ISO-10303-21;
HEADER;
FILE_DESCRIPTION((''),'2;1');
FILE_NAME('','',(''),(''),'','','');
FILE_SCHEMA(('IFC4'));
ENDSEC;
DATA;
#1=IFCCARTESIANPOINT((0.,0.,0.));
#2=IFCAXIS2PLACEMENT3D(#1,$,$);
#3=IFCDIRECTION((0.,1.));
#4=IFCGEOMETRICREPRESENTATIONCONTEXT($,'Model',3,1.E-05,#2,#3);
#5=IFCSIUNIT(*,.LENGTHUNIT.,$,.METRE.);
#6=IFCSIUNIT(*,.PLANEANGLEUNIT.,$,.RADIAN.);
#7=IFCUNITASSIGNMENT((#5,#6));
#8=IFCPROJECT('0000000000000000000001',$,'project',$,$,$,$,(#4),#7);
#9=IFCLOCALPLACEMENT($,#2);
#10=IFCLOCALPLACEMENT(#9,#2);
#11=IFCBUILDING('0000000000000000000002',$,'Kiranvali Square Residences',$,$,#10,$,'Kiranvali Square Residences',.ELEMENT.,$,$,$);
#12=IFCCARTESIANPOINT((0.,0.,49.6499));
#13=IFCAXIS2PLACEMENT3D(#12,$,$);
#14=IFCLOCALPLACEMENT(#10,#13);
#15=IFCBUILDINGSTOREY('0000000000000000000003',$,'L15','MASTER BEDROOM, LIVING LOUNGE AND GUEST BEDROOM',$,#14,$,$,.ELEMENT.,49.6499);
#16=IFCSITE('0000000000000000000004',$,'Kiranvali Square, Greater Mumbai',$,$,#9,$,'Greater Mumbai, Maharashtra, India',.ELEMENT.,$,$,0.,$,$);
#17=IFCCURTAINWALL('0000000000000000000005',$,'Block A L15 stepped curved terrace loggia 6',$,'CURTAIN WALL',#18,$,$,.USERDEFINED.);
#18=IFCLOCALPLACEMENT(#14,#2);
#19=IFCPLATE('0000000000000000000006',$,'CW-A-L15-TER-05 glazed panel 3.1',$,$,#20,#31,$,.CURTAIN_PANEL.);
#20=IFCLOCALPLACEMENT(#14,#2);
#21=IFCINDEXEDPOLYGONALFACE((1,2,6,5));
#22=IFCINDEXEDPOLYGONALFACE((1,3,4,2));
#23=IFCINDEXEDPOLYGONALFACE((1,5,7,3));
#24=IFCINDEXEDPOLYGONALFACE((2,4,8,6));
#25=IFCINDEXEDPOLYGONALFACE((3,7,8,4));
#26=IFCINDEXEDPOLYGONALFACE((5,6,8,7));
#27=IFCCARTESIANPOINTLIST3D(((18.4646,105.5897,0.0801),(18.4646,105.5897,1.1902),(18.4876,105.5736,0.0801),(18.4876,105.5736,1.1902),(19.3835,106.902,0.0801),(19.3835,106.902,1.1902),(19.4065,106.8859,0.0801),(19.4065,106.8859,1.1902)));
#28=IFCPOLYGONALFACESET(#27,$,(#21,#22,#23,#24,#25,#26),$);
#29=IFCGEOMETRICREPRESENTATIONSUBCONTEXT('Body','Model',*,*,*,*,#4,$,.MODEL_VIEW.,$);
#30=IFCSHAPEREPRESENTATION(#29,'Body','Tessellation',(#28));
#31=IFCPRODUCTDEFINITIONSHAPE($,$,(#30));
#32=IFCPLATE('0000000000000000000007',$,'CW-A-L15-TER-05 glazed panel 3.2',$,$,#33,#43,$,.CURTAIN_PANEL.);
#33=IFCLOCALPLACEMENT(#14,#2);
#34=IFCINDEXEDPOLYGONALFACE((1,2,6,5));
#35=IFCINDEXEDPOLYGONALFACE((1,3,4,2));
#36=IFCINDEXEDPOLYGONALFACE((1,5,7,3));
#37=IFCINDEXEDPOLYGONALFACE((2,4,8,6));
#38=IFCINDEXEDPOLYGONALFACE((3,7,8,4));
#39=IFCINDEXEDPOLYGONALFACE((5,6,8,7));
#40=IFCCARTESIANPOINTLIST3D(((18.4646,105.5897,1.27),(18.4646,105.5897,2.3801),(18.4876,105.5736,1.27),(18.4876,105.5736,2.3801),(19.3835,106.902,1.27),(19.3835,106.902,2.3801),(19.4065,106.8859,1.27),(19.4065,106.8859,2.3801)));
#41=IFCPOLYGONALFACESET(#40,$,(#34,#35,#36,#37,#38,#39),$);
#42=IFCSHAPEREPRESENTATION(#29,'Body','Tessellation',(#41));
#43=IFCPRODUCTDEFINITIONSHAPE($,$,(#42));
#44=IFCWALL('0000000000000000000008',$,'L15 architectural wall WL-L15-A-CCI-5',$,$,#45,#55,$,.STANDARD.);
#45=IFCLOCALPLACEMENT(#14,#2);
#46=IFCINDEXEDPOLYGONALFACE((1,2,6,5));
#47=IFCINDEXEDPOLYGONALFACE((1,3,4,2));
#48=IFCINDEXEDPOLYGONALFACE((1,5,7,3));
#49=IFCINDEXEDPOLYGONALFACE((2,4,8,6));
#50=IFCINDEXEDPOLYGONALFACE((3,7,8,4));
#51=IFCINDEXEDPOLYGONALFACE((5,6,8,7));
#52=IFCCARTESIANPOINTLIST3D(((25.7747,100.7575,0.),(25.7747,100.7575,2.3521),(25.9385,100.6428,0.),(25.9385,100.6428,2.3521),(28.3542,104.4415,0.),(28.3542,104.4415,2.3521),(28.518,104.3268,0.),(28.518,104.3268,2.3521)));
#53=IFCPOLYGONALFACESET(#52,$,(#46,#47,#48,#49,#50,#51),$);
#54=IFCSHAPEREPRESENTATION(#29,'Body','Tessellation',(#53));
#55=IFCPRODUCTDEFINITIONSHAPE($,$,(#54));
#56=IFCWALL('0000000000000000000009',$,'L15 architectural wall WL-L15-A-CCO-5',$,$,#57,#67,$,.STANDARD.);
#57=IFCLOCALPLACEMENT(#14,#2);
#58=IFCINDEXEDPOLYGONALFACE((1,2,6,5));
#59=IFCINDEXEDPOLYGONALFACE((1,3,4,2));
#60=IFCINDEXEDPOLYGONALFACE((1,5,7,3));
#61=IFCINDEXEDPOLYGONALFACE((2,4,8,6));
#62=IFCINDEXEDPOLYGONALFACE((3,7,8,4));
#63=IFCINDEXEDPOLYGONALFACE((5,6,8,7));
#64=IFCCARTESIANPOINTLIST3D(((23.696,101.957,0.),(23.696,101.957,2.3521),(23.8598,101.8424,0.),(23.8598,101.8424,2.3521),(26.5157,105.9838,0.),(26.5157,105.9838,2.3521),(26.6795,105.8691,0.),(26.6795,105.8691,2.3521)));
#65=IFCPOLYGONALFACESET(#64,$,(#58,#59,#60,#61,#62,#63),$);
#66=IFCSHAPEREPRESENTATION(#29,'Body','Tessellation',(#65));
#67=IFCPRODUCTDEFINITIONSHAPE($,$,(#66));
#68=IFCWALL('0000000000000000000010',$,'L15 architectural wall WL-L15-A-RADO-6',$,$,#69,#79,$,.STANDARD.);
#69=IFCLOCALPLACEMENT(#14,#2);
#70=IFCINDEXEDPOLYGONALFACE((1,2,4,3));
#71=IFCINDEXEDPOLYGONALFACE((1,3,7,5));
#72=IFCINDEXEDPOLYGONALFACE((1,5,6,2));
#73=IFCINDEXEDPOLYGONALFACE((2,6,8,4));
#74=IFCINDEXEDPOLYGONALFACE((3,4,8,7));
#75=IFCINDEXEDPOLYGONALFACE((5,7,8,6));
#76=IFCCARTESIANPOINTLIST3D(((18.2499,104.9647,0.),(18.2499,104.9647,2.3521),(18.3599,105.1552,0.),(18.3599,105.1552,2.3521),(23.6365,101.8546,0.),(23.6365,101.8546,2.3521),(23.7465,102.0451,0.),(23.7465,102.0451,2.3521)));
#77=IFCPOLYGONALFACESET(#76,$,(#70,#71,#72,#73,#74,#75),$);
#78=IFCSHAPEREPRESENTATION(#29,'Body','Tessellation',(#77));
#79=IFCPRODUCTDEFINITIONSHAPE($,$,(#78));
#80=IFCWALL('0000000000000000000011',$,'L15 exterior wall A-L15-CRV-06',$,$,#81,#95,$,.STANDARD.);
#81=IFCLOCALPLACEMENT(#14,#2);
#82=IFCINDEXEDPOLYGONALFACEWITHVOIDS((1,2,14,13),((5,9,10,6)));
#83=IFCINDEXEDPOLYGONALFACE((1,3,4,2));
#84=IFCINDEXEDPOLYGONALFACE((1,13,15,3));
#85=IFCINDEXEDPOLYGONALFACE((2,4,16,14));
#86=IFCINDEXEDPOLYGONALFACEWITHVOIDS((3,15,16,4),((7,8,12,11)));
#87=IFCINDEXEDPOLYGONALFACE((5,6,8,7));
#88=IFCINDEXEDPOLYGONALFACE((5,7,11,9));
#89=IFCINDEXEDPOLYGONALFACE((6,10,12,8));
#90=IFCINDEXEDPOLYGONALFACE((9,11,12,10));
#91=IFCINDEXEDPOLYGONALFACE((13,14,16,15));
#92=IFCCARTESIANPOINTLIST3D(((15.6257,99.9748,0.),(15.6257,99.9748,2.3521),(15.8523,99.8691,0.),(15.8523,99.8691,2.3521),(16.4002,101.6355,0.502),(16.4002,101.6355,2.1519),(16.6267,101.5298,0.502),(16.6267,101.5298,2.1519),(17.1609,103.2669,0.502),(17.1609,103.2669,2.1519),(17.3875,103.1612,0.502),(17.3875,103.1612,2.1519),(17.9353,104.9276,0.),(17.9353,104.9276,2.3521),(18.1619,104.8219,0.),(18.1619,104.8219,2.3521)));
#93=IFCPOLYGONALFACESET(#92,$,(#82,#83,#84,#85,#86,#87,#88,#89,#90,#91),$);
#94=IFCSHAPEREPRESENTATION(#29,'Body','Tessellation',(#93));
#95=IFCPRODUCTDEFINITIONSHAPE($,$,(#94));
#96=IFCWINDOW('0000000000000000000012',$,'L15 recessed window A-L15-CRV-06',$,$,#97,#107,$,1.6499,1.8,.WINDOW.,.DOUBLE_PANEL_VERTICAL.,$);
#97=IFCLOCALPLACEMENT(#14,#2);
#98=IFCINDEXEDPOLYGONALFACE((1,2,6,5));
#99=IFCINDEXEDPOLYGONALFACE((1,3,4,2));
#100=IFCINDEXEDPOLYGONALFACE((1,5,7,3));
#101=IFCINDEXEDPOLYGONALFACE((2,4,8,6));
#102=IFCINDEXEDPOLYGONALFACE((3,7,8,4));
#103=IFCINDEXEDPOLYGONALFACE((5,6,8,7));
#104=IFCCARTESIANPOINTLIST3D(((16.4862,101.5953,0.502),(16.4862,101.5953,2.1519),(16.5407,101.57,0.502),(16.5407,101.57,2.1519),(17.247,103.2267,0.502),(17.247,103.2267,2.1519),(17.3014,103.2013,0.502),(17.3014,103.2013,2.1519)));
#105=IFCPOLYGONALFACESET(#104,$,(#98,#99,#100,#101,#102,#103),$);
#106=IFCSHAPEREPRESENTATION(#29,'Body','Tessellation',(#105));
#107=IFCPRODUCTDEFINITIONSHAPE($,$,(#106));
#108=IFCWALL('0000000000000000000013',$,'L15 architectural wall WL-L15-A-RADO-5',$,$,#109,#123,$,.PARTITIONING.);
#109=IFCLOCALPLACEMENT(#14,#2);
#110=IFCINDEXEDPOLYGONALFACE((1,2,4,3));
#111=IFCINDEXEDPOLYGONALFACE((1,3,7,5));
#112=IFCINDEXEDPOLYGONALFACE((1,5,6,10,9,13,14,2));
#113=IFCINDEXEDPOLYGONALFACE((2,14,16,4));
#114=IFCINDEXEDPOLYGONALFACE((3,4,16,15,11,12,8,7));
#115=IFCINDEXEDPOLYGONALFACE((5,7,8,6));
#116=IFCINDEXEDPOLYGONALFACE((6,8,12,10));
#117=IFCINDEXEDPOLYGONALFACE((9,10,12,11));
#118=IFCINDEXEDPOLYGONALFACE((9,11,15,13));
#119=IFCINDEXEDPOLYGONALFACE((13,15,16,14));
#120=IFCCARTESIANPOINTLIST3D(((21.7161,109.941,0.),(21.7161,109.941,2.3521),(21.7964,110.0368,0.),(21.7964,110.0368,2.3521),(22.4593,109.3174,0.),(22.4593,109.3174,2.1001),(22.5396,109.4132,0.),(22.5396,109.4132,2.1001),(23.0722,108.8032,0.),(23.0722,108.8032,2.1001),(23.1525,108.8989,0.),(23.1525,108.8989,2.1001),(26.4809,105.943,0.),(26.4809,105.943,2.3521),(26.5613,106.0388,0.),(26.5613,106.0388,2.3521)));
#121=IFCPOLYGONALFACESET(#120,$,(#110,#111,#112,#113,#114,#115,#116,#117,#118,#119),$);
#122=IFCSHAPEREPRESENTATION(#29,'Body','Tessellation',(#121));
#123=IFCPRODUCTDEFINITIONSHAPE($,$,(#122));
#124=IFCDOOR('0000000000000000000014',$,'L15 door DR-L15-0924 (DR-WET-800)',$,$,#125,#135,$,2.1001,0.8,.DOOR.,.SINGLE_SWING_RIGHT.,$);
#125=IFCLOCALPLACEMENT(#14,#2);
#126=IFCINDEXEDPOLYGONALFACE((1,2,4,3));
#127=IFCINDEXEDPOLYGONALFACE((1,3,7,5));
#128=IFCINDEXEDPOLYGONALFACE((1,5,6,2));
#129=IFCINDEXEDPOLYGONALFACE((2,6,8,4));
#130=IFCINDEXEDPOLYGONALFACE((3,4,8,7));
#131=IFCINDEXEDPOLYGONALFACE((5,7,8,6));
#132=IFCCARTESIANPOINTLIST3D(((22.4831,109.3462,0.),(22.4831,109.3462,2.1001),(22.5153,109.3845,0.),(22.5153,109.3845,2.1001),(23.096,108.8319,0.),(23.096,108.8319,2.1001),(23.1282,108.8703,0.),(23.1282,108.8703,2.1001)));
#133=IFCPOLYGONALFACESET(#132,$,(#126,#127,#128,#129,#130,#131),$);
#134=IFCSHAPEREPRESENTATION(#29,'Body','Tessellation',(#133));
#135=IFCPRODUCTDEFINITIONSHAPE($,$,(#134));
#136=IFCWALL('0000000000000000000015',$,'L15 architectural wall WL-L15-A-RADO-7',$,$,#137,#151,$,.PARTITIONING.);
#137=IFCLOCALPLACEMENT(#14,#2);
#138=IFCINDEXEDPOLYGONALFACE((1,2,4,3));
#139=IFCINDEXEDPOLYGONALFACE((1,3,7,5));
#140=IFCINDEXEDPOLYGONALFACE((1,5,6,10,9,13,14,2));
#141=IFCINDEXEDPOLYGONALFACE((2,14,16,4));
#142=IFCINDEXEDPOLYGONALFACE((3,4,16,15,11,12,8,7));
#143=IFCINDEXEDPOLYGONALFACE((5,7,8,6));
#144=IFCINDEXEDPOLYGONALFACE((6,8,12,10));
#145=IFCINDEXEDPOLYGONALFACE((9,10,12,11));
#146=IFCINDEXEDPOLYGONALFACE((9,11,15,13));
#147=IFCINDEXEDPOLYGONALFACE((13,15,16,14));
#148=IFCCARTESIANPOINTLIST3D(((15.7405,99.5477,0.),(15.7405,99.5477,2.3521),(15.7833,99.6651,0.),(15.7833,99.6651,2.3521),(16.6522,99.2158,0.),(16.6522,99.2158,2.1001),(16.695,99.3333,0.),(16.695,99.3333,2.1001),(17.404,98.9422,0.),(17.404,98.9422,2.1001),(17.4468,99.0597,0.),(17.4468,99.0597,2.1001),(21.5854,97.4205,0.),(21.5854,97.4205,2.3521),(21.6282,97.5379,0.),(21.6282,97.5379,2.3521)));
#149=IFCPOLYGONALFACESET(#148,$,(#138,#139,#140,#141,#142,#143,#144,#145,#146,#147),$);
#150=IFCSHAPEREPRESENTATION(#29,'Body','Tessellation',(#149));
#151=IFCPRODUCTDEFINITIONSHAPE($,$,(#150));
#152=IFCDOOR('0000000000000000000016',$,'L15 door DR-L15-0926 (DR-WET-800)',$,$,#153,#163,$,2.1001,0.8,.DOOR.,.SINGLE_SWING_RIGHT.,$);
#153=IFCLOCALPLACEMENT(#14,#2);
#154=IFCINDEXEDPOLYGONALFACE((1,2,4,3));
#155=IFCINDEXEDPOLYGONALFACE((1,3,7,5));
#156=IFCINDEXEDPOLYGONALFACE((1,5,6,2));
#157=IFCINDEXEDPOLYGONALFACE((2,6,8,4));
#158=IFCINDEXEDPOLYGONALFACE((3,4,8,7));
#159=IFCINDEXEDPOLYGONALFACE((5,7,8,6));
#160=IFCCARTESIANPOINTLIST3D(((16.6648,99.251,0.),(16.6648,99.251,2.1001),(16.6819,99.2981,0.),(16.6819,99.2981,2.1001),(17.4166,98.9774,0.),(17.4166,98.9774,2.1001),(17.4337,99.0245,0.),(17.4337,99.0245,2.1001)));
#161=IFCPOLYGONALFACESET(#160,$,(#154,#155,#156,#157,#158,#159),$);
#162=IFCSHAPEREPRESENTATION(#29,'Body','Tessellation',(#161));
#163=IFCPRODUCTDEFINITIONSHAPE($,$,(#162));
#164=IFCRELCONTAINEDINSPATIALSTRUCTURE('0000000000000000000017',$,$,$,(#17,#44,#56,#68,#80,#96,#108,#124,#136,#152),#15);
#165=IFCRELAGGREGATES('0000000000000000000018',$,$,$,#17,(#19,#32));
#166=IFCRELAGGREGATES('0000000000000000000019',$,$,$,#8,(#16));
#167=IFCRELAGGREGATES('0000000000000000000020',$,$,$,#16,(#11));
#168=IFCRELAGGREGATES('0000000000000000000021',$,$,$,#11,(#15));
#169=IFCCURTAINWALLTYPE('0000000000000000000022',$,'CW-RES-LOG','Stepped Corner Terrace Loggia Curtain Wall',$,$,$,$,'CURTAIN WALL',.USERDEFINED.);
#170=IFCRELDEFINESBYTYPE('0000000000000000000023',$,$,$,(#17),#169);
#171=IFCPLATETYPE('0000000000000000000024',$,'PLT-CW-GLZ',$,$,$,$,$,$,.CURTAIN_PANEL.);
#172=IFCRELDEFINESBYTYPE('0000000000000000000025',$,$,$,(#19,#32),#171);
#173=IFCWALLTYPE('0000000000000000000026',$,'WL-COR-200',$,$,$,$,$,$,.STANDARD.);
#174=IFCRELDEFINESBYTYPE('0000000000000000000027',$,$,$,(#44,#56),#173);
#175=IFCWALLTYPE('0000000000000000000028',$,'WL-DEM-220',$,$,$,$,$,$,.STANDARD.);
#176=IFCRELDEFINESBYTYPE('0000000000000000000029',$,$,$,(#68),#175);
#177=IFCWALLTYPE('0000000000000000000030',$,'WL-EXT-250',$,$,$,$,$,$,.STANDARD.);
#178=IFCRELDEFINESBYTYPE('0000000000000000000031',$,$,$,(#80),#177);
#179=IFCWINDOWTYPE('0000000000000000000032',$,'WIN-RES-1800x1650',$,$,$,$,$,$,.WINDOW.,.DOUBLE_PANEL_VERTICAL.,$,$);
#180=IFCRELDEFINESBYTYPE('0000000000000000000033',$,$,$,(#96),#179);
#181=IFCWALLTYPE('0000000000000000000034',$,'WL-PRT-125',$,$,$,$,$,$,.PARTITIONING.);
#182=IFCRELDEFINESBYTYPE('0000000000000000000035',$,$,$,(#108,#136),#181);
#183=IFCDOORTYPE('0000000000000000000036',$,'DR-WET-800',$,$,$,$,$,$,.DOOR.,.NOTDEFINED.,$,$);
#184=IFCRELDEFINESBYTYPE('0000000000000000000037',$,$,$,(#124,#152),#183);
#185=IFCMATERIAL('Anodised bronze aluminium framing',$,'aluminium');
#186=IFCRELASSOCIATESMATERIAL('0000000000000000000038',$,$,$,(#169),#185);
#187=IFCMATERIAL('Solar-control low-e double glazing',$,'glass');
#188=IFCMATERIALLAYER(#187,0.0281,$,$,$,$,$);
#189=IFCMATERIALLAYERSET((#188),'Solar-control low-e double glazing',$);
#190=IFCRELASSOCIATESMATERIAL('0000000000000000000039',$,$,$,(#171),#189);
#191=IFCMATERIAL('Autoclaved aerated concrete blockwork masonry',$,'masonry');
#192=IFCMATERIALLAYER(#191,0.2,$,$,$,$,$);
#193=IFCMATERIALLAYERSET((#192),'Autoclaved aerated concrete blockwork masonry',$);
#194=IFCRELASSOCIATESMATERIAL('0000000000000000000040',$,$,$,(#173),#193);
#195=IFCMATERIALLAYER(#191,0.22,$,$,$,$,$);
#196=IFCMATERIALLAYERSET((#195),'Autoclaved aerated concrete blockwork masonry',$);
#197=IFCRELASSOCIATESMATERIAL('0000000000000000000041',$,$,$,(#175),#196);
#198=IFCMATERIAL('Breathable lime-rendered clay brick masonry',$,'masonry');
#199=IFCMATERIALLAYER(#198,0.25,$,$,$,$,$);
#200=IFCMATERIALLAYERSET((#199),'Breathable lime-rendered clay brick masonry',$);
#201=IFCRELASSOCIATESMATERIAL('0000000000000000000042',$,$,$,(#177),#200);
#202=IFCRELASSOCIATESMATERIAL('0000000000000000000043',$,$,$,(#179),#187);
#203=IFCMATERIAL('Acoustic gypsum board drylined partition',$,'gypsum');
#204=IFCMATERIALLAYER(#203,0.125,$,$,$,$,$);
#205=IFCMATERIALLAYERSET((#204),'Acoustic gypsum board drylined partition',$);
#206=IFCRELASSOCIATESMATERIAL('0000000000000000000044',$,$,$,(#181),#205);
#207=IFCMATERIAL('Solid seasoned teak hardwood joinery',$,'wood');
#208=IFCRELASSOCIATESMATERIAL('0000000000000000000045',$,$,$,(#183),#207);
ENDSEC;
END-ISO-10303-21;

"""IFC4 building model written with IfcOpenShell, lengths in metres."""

from ifc_helpers import new_model, si_unit, direction, frame, frame_2d, origin, origin_2d, place, context, subcontext, project, spatial, rectangle, extrude, material, layer, layer_set, type_object, element, fill, aggregate, save


model = new_model("IFC4")

# Units and contexts
model_context = context("Model", 3, precision=1e-05, world=origin(), true_north=direction((0.0, 1.0)))
body_context = subcontext(model_context, "Body", "Model", "MODEL_VIEW")
ifc_project = project(units=[si_unit("LENGTHUNIT", "METRE"), si_unit("PLANEANGLEUNIT", "RADIAN")], contexts=[model_context])

# Site, building, storey
site_placement = place(None, origin())
site = spatial("IfcSite", under=ifc_project, at=site_placement, Name="Kiranvali Square, Greater Mumbai", LongName="Greater Mumbai, Maharashtra, India", CompositionType="ELEMENT", RefElevation=0.0)
building_placement = place(site_placement, origin())
building = spatial("IfcBuilding", under=site, at=building_placement, Name="Kiranvali Square Residences", LongName="Kiranvali Square Residences", CompositionType="ELEMENT")
storey_placement = place(building_placement, frame((0.0, 0.0, 49.6499)))
storey = spatial("IfcBuildingStorey", under=building, at=storey_placement, Name="L15", Description="MASTER BEDROOM, LIVING LOUNGE AND GUEST BEDROOM", CompositionType="ELEMENT", Elevation=49.6499)

# Curtain wall
ifc_material_1 = material(Name="Anodised bronze aluminium framing", Category="aluminium")
curtain_wall_type = type_object("IfcCurtainWallType", Name="CW-RES-LOG", Description="Stepped Corner Terrace Loggia Curtain Wall", ElementType="CURTAIN WALL", PredefinedType="USERDEFINED", material=ifc_material_1)
curtain_wall_placement = place(storey_placement, origin())
curtain_wall = element("IfcCurtainWall", 1, at=curtain_wall_placement, inside=storey, type_object=curtain_wall_type, Name="Block A L15 stepped curved terrace loggia 6", ObjectType="CURTAIN WALL", PredefinedType="USERDEFINED")

# Plates
ifc_material_2 = material(Name="Solar-control low-e double glazing", Category="glass")
ifc_layer_1 = layer(ifc_material_2, 0.0281)
ifc_layer_set_1 = layer_set([ifc_layer_1], Name="Solar-control low-e double glazing")
plate_type = type_object("IfcPlateType", Name="PLT-CW-GLZ", PredefinedType="CURTAIN_PANEL", material=ifc_layer_set_1)
plate_1_placement = place(storey_placement, frame((18.9355, 106.2378, 0.0801), z_axis=(0.0, 0.0, 1.0), x_axis=(-0.573576, -0.819152, 0.0)))
plate_1 = element("IfcPlate", 2, at=plate_1_placement, type_object=plate_type, Name="CW-A-L15-TER-05 glazed panel 3.1", PredefinedType="CURTAIN_PANEL", context=body_context, shape_type="SweptSolid", body=[
    extrude(rectangle(XDim=1.6021, YDim=0.0281, at=origin_2d()), origin(), (0.0, 0.0, 1.0), 1.1101),
])
plate_2_placement = place(storey_placement, frame((18.9355, 106.2378, 1.27), z_axis=(0.0, 0.0, 1.0), x_axis=(-0.573576, -0.819152, 0.0)))
plate_2 = element("IfcPlate", 3, at=plate_2_placement, type_object=plate_type, Name="CW-A-L15-TER-05 glazed panel 3.2", PredefinedType="CURTAIN_PANEL", context=body_context, shape_type="SweptSolid", body=[
    extrude(rectangle(XDim=1.6021, YDim=0.0281, at=origin_2d()), origin(), (0.0, 0.0, 1.0), 1.1101),
])
aggregate(curtain_wall, [plate_1, plate_2])

# Walls
ifc_material_3 = material(Name="Autoclaved aerated concrete blockwork masonry", Category="masonry")
ifc_layer_2 = layer(ifc_material_3, 0.2)
ifc_layer_set_2 = layer_set([ifc_layer_2], Name="Autoclaved aerated concrete blockwork masonry")
wall_type_1 = type_object("IfcWallType", Name="WL-COR-200", PredefinedType="STANDARD", material=ifc_layer_set_2)
wall_1_placement = place(storey_placement, frame((28.436, 104.384, 0.0), z_axis=(0.0, 0.0, 1.0), x_axis=(-0.573572, -0.819155, 0.0)))
element("IfcWall", 4, at=wall_1_placement, inside=storey, type_object=wall_type_1, Name="L15 architectural wall WL-L15-A-CCI-5", PredefinedType="STANDARD", context=body_context, shape_type="SweptSolid", body=[
    extrude(rectangle(XDim=4.4973, YDim=0.2, at=frame_2d((2.2485, 0.0))), origin(), (0.0, 0.0, 1.0), 2.3521),
])
wall_2_placement = place(storey_placement, frame((26.5977, 105.9265, 0.0), z_axis=(0.0, 0.0, 1.0), x_axis=(-0.573592, -0.819141, 0.0)))
element("IfcWall", 5, at=wall_2_placement, inside=storey, type_object=wall_type_1, Name="L15 architectural wall WL-L15-A-CCO-5", PredefinedType="STANDARD", context=body_context, shape_type="SweptSolid", body=[
    extrude(rectangle(XDim=4.9158, YDim=0.2, at=frame_2d((2.458, 0.0))), origin(), (0.0, 0.0, 1.0), 2.3521),
])

# Wall
ifc_layer_3 = layer(ifc_material_3, 0.22)
ifc_layer_set_3 = layer_set([ifc_layer_3], Name="Autoclaved aerated concrete blockwork masonry")
wall_type_2 = type_object("IfcWallType", Name="WL-DEM-220", PredefinedType="STANDARD", material=ifc_layer_set_3)
wall_3_placement = place(storey_placement, frame((23.6914, 101.95, 0.0), z_axis=(0.0, 0.0, 1.0), x_axis=(-0.86602, 0.50001, 0.0)))
element("IfcWall", 6, at=wall_3_placement, inside=storey, type_object=wall_type_2, Name="L15 architectural wall WL-L15-A-RADO-6", PredefinedType="STANDARD", context=body_context, shape_type="SweptSolid", body=[
    extrude(rectangle(XDim=6.22, YDim=0.22, at=frame_2d((3.1099, 0.0))), origin(), (0.0, 0.0, 1.0), 2.3521),
])

# Wall, opening, window
ifc_material_4 = material(Name="Breathable lime-rendered clay brick masonry", Category="masonry")
ifc_layer_4 = layer(ifc_material_4, 0.25)
ifc_layer_set_4 = layer_set([ifc_layer_4], Name="Breathable lime-rendered clay brick masonry")
wall_type_3 = type_object("IfcWallType", Name="WL-EXT-250", PredefinedType="STANDARD", material=ifc_layer_set_4)
wall_4_placement = place(storey_placement, frame((18.0486, 104.8748, 0.0), z_axis=(0.0, 0.0, 1.0), x_axis=(-0.422619, -0.906308, 0.0)))
wall_4 = element("IfcWall", 7, at=wall_4_placement, inside=storey, type_object=wall_type_3, Name="L15 exterior wall A-L15-CRV-06", PredefinedType="STANDARD", context=body_context, shape_type="SweptSolid", body=[
    extrude(rectangle(XDim=5.4648, YDim=0.25, at=frame_2d((2.7324, 0.0))), origin(), (0.0, 0.0, 1.0), 2.3521),
])
opening_1_placement = place(wall_4_placement, frame((1.8325, 0.0, 0.502)))
opening_1 = element("IfcOpeningElement", 8, at=opening_1_placement, cuts=wall_4, PredefinedType="OPENING", context=body_context, shape_type="SweptSolid", body=[
    extrude(rectangle(XDim=1.8, YDim=1.6499, at=frame_2d((0.8999, 0.825))), frame((0.0, 0.135, 0.0), z_axis=(0.0, -1.0, 0.0), x_axis=(1.0, 0.0, 0.0)), (0.0, 0.0, 1.0), 0.27),
])
window_type_1 = type_object("IfcWindowType", Name="WIN-RES-1800x1650", PartitioningType="DOUBLE_PANEL_VERTICAL", PredefinedType="WINDOW", material=ifc_material_2)
window_1_placement = place(opening_1_placement, origin())
window_1 = element("IfcWindow", 9, at=window_1_placement, inside=storey, type_object=window_type_1, Name="L15 recessed window A-L15-CRV-06", OverallHeight=1.6499, OverallWidth=1.8, PartitioningType="DOUBLE_PANEL_VERTICAL", PredefinedType="WINDOW", context=body_context, shape_type="SweptSolid", body=[
    extrude(rectangle(XDim=1.8, YDim=1.6499, at=frame_2d((0.8999, 0.825))), frame((0.0, 0.03, 0.0), z_axis=(0.0, -1.0, 0.0), x_axis=(1.0, 0.0, 0.0)), (0.0, 0.0, 1.0), 0.0601),
])
fill(opening_1, window_1)

# Walls, openings, doors
ifc_material_5 = material(Name="Acoustic gypsum board drylined partition", Category="gypsum")
ifc_layer_5 = layer(ifc_material_5, 0.125)
ifc_layer_set_5 = layer_set([ifc_layer_5], Name="Acoustic gypsum board drylined partition")
wall_type_4 = type_object("IfcWallType", Name="WL-PRT-125", PredefinedType="PARTITIONING", material=ifc_layer_set_5)
wall_5_placement = place(storey_placement, frame((26.521, 105.991, 0.0), z_axis=(0.0, 0.0, 1.0), x_axis=(-0.766058, 0.642771, 0.0)))
wall_5 = element("IfcWall", 10, at=wall_5_placement, inside=storey, type_object=wall_type_4, Name="L15 architectural wall WL-L15-A-RADO-5", PredefinedType="PARTITIONING", context=body_context, shape_type="SweptSolid", body=[
    extrude(rectangle(XDim=6.22, YDim=0.125, at=frame_2d((3.1099, 0.0))), origin(), (0.0, 0.0, 1.0), 2.3521),
])
opening_2_placement = place(wall_5_placement, frame((4.4497, 0.0, 0.0)))
opening_2 = element("IfcOpeningElement", 11, at=opening_2_placement, cuts=wall_5, PredefinedType="OPENING", context=body_context, shape_type="SweptSolid", body=[
    extrude(rectangle(XDim=0.8, YDim=2.1001, at=frame_2d((0.3999, 1.05))), frame((0.0, 0.0725, 0.0), z_axis=(0.0, -1.0, 0.0), x_axis=(1.0, 0.0, 0.0)), (0.0, 0.0, 1.0), 0.145),
])
ifc_material_6 = material(Name="Solid seasoned teak hardwood joinery", Category="wood")
door_type_1 = type_object("IfcDoorType", Name="DR-WET-800", OperationType="NOTDEFINED", PredefinedType="DOOR", material=ifc_material_6)
door_1_placement = place(opening_2_placement, frame((0.8, 0.0, 0.0), z_axis=(0.0, 0.0, 1.0), x_axis=(-1.0, 0.0, 0.0)))
door_1 = element("IfcDoor", 12, at=door_1_placement, inside=storey, type_object=door_type_1, Name="L15 door DR-L15-0924 (DR-WET-800)", OperationType="SINGLE_SWING_RIGHT", OverallHeight=2.1001, OverallWidth=0.8, PredefinedType="DOOR", context=body_context, shape_type="SweptSolid", body=[
    extrude(rectangle(XDim=0.8, YDim=2.1001, at=frame_2d((0.3999, 1.05))), frame((0.0, 0.0249, 0.0), z_axis=(0.0, -1.0, 0.0), x_axis=(1.0, 0.0, 0.0)), (0.0, 0.0, 1.0), 0.05),
])
fill(opening_2, door_1)
wall_6_placement = place(storey_placement, frame((21.6067, 97.4792, 0.0), z_axis=(0.0, 0.0, 1.0), x_axis=(-0.939703, 0.341992, 0.0)))
wall_6 = element("IfcWall", 13, at=wall_6_placement, inside=storey, type_object=wall_type_4, Name="L15 architectural wall WL-L15-A-RADO-7", PredefinedType="PARTITIONING", context=body_context, shape_type="SweptSolid", body=[
    extrude(rectangle(XDim=6.22, YDim=0.125, at=frame_2d((3.1099, 0.0))), origin(), (0.0, 0.0, 1.0), 2.3521),
])
opening_3_placement = place(wall_6_placement, frame((4.4497, 0.0, 0.0)))
opening_3 = element("IfcOpeningElement", 14, at=opening_3_placement, cuts=wall_6, PredefinedType="OPENING", context=body_context, shape_type="SweptSolid", body=[
    extrude(rectangle(XDim=0.8, YDim=2.1001, at=frame_2d((0.3999, 1.05))), frame((0.0, 0.0725, 0.0), z_axis=(0.0, -1.0, 0.0), x_axis=(1.0, 0.0, 0.0)), (0.0, 0.0, 1.0), 0.145),
])
door_2_placement = place(opening_3_placement, frame((0.8, 0.0, 0.0), z_axis=(0.0, 0.0, 1.0), x_axis=(-1.0, 0.0, 0.0)))
door_2 = element("IfcDoor", 15, at=door_2_placement, inside=storey, type_object=door_type_1, Name="L15 door DR-L15-0926 (DR-WET-800)", OperationType="SINGLE_SWING_RIGHT", OverallHeight=2.1001, OverallWidth=0.8, PredefinedType="DOOR", context=body_context, shape_type="SweptSolid", body=[
    extrude(rectangle(XDim=0.8, YDim=2.1001, at=frame_2d((0.3999, 1.05))), frame((0.0, 0.0249, 0.0), z_axis=(0.0, -1.0, 0.0), x_axis=(1.0, 0.0, 0.0)), (0.0, 0.0, 1.0), 0.05),
])
fill(opening_3, door_2)

save(model, "model.ifc")
